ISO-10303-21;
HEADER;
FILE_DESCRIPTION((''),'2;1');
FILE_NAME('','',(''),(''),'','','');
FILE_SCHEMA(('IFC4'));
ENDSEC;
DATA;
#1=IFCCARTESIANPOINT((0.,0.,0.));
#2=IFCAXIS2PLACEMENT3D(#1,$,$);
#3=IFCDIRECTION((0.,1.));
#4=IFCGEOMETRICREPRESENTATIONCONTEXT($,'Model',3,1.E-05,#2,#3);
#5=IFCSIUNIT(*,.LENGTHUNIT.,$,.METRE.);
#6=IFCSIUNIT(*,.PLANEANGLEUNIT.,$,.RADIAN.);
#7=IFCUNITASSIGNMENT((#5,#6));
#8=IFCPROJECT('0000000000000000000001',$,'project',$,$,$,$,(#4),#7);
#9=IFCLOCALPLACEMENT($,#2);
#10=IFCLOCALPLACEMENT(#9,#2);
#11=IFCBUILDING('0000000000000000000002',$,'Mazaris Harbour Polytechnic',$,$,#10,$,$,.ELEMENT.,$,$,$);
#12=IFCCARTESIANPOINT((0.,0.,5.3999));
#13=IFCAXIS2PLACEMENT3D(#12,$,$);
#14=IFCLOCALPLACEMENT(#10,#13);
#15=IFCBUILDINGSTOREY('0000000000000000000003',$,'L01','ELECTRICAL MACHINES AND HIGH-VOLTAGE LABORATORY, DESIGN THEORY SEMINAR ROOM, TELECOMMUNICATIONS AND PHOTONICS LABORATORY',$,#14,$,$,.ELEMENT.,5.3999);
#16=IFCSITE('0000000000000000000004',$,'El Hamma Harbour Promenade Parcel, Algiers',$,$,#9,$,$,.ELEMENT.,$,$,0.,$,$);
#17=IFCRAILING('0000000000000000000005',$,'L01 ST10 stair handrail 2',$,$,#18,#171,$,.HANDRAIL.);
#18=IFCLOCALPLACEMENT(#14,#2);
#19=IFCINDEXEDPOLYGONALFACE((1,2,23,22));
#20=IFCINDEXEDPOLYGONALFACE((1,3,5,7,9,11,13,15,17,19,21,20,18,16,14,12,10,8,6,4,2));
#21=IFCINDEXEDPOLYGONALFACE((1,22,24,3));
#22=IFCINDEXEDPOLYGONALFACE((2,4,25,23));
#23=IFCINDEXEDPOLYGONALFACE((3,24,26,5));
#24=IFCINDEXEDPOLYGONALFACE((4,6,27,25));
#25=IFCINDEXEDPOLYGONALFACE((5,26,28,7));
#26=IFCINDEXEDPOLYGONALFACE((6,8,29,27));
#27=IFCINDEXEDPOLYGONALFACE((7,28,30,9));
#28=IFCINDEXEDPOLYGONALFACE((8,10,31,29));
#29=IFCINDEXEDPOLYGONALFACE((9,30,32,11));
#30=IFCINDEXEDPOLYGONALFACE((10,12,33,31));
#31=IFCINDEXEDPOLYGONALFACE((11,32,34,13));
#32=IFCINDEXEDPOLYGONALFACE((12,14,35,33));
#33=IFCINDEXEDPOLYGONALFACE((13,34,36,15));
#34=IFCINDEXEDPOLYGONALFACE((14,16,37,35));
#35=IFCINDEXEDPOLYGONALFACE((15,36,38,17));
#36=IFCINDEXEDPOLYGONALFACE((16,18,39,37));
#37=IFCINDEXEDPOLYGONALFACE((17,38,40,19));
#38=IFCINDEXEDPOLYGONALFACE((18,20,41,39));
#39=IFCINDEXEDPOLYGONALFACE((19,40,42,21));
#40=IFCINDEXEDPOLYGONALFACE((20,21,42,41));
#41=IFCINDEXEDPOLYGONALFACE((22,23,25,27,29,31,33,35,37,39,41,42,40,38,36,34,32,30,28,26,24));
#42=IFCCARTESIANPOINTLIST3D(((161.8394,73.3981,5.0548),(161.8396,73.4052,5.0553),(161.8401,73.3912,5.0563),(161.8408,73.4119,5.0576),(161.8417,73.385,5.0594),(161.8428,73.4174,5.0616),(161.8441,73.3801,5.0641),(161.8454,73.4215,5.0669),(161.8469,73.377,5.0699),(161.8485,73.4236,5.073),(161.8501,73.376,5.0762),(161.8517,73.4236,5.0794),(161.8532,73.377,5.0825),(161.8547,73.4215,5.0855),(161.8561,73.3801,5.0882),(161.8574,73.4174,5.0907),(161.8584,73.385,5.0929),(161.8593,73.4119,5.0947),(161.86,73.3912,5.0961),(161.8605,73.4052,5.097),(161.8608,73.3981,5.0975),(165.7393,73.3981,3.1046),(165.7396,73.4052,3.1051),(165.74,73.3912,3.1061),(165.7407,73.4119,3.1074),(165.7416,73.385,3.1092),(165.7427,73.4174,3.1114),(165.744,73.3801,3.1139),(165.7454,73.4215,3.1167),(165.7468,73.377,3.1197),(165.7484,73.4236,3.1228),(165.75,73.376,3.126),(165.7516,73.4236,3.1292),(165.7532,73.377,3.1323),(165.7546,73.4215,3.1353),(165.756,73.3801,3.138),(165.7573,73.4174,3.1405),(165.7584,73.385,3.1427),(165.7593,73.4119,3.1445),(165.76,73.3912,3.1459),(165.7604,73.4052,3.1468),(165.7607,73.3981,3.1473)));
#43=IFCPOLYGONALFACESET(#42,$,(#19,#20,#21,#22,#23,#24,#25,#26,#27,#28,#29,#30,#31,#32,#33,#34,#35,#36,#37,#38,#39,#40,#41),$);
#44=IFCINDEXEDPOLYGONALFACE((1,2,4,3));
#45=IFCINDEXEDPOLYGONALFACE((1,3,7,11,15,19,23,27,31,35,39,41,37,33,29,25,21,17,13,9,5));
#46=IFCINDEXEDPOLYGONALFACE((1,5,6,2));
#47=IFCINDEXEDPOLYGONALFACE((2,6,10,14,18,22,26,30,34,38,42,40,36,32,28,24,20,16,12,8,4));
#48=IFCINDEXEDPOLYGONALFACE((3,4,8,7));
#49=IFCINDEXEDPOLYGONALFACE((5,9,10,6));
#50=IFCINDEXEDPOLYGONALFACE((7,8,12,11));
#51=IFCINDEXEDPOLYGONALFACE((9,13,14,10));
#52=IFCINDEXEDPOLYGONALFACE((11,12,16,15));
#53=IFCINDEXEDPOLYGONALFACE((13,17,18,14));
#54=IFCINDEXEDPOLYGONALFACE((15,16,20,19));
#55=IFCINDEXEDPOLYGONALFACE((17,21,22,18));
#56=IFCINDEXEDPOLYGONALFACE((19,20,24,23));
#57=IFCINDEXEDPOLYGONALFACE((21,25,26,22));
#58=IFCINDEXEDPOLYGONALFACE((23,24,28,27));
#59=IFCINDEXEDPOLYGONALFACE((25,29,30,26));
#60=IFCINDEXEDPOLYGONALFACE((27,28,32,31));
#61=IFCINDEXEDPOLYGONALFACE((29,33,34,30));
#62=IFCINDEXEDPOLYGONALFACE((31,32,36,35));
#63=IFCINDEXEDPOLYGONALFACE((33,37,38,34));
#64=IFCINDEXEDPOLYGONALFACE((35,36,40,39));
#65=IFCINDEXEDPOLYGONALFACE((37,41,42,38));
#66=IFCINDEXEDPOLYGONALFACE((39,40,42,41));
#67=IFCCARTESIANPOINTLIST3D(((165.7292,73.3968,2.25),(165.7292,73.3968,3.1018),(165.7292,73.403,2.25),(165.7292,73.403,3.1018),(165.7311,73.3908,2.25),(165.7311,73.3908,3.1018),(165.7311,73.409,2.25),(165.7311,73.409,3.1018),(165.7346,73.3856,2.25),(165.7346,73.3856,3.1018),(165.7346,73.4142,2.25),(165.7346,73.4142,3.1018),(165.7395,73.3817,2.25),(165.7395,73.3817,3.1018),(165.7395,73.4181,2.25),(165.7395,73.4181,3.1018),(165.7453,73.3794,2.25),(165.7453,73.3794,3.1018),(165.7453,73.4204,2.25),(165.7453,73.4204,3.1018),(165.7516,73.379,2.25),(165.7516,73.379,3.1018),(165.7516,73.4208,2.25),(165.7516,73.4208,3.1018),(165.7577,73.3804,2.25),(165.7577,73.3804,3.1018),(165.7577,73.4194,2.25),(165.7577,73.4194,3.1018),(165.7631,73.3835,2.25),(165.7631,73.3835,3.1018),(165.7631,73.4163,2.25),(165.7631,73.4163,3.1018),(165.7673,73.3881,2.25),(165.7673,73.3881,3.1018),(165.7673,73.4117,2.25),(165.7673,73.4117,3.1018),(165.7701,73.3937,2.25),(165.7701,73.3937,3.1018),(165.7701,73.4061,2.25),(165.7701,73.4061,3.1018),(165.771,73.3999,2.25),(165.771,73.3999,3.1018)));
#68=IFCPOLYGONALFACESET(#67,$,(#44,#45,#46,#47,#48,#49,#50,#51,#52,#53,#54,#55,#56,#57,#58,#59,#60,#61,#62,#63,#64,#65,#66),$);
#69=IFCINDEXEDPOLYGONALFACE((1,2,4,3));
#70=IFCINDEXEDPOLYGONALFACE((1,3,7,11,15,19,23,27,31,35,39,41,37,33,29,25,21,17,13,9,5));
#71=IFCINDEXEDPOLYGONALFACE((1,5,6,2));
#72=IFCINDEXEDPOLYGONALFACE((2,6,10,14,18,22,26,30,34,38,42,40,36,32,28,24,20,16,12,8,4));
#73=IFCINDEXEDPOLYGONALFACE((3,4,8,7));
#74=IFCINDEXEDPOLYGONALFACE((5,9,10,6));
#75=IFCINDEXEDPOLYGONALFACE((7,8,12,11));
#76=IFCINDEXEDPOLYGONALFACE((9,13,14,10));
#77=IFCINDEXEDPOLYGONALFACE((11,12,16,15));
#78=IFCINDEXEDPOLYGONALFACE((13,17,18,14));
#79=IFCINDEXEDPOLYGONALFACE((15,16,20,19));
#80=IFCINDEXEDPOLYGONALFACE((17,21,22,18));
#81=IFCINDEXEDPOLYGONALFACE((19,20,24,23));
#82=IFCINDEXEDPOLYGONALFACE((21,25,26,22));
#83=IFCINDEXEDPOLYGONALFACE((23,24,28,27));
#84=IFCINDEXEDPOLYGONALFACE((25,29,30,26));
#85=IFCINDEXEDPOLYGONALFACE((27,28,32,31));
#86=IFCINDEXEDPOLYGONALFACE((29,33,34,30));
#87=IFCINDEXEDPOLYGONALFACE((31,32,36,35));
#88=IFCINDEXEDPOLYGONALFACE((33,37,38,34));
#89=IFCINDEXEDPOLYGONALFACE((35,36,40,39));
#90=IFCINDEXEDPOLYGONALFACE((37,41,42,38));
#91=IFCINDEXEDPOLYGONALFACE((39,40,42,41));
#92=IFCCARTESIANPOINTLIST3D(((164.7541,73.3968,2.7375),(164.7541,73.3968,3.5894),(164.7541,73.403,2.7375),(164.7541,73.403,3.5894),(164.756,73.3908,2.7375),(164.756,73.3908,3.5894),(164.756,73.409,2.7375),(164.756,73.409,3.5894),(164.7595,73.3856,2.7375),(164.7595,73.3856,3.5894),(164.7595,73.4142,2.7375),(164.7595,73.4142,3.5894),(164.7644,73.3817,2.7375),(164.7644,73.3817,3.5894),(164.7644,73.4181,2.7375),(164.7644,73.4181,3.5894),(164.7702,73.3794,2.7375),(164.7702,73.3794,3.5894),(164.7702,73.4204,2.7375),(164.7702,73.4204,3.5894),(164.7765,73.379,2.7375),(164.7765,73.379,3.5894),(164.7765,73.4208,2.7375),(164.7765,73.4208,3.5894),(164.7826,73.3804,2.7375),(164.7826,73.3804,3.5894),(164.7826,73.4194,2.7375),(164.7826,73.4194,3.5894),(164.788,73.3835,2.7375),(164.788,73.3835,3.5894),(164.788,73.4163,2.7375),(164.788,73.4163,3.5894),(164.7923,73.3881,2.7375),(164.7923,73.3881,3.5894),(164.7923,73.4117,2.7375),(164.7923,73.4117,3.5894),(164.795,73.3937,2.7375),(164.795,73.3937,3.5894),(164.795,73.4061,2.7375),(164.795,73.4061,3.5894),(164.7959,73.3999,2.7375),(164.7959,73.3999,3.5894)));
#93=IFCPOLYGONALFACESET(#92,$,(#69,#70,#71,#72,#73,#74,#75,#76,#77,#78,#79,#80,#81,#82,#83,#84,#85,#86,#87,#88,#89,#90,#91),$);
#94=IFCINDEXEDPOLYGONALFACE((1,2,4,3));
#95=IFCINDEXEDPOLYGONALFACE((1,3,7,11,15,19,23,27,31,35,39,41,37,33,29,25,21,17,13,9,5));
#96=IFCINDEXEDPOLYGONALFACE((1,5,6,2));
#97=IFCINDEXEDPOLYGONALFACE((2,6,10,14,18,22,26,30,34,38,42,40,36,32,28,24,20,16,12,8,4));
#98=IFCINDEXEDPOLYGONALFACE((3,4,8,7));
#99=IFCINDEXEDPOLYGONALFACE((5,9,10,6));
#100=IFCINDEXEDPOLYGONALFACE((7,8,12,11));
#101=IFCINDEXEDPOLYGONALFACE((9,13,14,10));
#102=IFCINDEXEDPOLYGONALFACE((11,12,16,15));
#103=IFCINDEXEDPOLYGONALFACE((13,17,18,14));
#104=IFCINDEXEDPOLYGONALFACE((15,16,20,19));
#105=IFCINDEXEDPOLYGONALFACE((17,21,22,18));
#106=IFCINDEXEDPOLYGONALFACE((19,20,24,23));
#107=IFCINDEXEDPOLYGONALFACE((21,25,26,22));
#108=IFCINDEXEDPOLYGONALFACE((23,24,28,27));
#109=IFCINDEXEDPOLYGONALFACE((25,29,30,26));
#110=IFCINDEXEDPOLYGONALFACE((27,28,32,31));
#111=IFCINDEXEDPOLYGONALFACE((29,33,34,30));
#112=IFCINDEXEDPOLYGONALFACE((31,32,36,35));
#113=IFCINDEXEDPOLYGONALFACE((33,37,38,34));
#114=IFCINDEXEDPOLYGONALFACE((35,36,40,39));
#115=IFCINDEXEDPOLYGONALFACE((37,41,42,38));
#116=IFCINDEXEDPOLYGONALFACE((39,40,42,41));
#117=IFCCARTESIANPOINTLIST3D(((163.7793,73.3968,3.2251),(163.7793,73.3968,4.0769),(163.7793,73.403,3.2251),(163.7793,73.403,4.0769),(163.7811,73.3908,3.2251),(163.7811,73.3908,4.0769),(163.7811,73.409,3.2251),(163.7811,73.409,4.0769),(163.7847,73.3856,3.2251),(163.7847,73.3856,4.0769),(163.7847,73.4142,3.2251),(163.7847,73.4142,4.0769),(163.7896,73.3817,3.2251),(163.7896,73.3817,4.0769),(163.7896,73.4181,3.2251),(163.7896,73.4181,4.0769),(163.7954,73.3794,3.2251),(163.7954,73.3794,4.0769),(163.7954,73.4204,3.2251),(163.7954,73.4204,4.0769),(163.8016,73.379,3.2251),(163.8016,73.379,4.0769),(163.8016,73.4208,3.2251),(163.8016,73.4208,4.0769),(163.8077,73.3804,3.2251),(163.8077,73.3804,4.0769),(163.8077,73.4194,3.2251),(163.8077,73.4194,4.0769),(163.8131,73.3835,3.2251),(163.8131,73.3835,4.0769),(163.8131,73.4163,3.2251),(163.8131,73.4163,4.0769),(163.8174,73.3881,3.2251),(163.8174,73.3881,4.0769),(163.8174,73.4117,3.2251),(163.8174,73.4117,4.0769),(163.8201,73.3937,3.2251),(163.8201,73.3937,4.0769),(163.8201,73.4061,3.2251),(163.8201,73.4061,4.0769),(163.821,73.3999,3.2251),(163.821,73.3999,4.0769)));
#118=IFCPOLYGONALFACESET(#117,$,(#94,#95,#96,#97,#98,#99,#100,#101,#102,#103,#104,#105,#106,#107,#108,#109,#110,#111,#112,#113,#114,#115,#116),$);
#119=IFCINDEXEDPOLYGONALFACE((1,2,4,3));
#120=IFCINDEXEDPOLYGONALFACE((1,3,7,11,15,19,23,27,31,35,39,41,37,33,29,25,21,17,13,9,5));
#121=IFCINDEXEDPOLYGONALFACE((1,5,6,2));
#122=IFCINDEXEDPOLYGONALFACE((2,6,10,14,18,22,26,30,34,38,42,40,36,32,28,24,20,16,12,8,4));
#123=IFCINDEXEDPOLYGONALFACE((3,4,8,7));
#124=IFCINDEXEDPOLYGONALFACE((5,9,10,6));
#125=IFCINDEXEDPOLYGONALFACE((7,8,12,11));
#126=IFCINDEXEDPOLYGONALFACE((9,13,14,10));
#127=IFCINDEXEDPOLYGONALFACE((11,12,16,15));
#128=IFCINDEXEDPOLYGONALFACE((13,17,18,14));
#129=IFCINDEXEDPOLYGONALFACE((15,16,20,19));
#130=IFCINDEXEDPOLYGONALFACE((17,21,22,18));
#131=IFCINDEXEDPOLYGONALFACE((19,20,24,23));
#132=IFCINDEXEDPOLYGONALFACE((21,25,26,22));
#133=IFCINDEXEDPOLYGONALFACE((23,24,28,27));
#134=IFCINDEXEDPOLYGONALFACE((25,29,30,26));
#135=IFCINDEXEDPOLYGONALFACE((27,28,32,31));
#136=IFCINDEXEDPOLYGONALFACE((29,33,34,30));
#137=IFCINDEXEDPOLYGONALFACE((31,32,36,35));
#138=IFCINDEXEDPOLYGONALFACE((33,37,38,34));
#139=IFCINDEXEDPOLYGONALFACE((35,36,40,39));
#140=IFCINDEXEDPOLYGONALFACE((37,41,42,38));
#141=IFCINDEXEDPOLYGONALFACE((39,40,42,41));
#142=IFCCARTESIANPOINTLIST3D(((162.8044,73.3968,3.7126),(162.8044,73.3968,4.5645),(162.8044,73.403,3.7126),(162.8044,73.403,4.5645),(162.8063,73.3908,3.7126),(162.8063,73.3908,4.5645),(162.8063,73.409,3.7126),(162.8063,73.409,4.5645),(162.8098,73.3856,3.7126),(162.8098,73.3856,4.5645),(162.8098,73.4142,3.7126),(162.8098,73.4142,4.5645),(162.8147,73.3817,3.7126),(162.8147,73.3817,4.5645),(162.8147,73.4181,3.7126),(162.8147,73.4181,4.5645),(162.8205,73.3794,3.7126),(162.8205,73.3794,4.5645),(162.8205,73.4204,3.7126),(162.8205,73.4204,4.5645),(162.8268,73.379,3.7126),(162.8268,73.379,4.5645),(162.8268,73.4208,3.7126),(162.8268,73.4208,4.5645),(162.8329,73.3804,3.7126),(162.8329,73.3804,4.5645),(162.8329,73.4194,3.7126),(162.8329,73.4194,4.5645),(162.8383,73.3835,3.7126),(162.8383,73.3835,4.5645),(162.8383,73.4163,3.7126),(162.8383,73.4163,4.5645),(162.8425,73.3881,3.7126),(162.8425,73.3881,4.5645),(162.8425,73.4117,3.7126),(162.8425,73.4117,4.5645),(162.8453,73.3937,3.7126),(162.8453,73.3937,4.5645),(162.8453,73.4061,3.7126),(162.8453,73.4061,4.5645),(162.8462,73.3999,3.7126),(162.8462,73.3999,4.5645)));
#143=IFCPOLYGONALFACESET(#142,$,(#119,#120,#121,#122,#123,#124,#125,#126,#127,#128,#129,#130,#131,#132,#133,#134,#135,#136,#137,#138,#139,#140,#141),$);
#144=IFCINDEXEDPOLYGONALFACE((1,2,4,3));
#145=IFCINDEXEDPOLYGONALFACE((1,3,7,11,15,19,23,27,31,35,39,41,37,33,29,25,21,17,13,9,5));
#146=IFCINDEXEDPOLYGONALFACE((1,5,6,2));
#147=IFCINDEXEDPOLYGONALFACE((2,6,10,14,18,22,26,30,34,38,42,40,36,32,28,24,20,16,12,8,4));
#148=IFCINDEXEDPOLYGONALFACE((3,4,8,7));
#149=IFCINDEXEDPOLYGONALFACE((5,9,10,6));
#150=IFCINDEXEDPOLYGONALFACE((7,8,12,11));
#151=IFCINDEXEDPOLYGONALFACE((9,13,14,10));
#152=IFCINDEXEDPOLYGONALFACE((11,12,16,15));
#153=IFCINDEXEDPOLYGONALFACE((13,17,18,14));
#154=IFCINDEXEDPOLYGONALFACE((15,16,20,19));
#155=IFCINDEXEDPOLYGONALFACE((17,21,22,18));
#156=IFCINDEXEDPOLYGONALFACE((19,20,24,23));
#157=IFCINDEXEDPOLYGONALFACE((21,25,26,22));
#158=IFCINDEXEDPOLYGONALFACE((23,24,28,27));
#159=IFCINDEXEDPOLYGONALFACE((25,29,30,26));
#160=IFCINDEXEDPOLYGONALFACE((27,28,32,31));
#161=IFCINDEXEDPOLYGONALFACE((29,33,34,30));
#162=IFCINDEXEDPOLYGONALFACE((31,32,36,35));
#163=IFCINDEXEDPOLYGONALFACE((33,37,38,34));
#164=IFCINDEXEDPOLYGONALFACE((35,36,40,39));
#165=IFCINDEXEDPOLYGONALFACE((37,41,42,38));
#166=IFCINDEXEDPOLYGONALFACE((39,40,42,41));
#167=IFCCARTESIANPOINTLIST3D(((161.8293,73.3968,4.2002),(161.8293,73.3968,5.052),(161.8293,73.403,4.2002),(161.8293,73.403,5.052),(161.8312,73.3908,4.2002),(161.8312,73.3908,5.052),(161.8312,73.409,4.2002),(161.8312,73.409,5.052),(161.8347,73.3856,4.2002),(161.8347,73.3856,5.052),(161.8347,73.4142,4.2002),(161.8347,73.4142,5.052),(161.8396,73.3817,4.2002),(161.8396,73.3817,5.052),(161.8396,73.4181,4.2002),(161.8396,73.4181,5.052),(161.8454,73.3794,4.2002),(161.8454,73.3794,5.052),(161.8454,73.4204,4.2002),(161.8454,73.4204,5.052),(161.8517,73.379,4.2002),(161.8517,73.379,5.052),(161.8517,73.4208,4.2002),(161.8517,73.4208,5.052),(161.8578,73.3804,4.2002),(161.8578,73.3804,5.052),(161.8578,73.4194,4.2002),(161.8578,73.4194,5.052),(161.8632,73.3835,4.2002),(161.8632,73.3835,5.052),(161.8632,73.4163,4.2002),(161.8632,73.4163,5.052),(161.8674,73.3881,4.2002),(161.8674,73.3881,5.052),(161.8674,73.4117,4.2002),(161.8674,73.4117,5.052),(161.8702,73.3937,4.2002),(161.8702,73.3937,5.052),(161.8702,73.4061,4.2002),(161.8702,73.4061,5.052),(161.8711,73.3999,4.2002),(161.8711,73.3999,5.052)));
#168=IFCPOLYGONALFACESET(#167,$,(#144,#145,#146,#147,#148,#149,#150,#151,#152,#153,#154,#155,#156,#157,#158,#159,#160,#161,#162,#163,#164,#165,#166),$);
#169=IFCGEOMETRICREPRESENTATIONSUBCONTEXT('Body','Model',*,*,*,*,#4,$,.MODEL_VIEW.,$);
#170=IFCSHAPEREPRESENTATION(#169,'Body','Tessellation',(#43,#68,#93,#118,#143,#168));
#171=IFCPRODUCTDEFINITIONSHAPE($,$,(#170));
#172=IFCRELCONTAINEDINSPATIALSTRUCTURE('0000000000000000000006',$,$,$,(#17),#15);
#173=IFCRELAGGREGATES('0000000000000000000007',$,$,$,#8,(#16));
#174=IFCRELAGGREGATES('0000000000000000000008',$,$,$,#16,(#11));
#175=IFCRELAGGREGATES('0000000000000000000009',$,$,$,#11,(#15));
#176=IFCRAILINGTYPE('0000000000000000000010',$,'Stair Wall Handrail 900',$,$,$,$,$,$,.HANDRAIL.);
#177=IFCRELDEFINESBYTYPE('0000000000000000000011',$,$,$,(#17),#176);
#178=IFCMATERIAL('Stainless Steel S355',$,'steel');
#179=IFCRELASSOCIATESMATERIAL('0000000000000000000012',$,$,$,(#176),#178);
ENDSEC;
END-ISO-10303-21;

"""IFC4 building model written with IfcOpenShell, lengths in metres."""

from ifc_helpers import new_model, si_unit, direction, frame, origin, origin_2d, place, context, subcontext, project, spatial, circle, extrude, material, type_object, element, save


model = new_model("IFC4")

# Units and contexts
model_context = context("Model", 3, precision=1e-05, world=origin(), true_north=direction((0.0, 1.0)))
body_context = subcontext(model_context, "Body", "Model", "MODEL_VIEW")
ifc_project = project(units=[si_unit("LENGTHUNIT", "METRE"), si_unit("PLANEANGLEUNIT", "RADIAN")], contexts=[model_context])

# Site, building, storey
site_placement = place(None, origin())
site = spatial("IfcSite", under=ifc_project, at=site_placement, Name="El Hamma Harbour Promenade Parcel, Algiers", CompositionType="ELEMENT", RefElevation=0.0)
building_placement = place(site_placement, origin())
building = spatial("IfcBuilding", under=site, at=building_placement, Name="Mazaris Harbour Polytechnic", CompositionType="ELEMENT")
storey_placement = place(building_placement, frame((0.0, 0.0, 5.3999)))
storey = spatial("IfcBuildingStorey", under=building, at=storey_placement, Name="L01", Description="ELECTRICAL MACHINES AND HIGH-VOLTAGE LABORATORY, DESIGN THEORY SEMINAR ROOM, TELECOMMUNICATIONS AND PHOTONICS LABORATORY", CompositionType="ELEMENT", Elevation=5.3999)

# Railing
ifc_material_1 = material(Name="Stainless Steel S355", Category="steel")
railing_type_1 = type_object("IfcRailingType", Name="Stair Wall Handrail 900", PredefinedType="HANDRAIL", material=ifc_material_1)
railing_1_placement = place(storey_placement, frame((165.75, 73.3999, 2.25)))
element("IfcRailing", 1, at=railing_1_placement, inside=storey, type_object=railing_type_1, Name="L01 ST10 stair handrail 2", PredefinedType="HANDRAIL", context=body_context, shape_type="SweptSolid", body=[
    extrude(circle(Radius=0.0239, at=origin_2d()), frame((0.0, 0.0, 0.876), z_axis=(-0.894405, 0.0, 0.447258), x_axis=(0.0, -1.0, 0.0)), (0.0, 0.0, 1.0), 4.3604),
    extrude(circle(Radius=0.021, at=origin_2d()), origin(), (0.0, 0.0, 1.0), 0.8518),
    extrude(circle(Radius=0.021, at=origin_2d()), frame((-0.9751, 0.0, 0.4875)), (0.0, 0.0, 1.0), 0.8518),
    extrude(circle(Radius=0.021, at=origin_2d()), frame((-1.95, 0.0, 0.9751)), (0.0, 0.0, 1.0), 0.8518),
    extrude(circle(Radius=0.021, at=origin_2d()), frame((-2.9248, 0.0, 1.4626)), (0.0, 0.0, 1.0), 0.8518),
    extrude(circle(Radius=0.021, at=origin_2d()), frame((-3.8999, 0.0, 1.9502)), (0.0, 0.0, 1.0), 0.8518),
])

save(model, "model.ifc")
